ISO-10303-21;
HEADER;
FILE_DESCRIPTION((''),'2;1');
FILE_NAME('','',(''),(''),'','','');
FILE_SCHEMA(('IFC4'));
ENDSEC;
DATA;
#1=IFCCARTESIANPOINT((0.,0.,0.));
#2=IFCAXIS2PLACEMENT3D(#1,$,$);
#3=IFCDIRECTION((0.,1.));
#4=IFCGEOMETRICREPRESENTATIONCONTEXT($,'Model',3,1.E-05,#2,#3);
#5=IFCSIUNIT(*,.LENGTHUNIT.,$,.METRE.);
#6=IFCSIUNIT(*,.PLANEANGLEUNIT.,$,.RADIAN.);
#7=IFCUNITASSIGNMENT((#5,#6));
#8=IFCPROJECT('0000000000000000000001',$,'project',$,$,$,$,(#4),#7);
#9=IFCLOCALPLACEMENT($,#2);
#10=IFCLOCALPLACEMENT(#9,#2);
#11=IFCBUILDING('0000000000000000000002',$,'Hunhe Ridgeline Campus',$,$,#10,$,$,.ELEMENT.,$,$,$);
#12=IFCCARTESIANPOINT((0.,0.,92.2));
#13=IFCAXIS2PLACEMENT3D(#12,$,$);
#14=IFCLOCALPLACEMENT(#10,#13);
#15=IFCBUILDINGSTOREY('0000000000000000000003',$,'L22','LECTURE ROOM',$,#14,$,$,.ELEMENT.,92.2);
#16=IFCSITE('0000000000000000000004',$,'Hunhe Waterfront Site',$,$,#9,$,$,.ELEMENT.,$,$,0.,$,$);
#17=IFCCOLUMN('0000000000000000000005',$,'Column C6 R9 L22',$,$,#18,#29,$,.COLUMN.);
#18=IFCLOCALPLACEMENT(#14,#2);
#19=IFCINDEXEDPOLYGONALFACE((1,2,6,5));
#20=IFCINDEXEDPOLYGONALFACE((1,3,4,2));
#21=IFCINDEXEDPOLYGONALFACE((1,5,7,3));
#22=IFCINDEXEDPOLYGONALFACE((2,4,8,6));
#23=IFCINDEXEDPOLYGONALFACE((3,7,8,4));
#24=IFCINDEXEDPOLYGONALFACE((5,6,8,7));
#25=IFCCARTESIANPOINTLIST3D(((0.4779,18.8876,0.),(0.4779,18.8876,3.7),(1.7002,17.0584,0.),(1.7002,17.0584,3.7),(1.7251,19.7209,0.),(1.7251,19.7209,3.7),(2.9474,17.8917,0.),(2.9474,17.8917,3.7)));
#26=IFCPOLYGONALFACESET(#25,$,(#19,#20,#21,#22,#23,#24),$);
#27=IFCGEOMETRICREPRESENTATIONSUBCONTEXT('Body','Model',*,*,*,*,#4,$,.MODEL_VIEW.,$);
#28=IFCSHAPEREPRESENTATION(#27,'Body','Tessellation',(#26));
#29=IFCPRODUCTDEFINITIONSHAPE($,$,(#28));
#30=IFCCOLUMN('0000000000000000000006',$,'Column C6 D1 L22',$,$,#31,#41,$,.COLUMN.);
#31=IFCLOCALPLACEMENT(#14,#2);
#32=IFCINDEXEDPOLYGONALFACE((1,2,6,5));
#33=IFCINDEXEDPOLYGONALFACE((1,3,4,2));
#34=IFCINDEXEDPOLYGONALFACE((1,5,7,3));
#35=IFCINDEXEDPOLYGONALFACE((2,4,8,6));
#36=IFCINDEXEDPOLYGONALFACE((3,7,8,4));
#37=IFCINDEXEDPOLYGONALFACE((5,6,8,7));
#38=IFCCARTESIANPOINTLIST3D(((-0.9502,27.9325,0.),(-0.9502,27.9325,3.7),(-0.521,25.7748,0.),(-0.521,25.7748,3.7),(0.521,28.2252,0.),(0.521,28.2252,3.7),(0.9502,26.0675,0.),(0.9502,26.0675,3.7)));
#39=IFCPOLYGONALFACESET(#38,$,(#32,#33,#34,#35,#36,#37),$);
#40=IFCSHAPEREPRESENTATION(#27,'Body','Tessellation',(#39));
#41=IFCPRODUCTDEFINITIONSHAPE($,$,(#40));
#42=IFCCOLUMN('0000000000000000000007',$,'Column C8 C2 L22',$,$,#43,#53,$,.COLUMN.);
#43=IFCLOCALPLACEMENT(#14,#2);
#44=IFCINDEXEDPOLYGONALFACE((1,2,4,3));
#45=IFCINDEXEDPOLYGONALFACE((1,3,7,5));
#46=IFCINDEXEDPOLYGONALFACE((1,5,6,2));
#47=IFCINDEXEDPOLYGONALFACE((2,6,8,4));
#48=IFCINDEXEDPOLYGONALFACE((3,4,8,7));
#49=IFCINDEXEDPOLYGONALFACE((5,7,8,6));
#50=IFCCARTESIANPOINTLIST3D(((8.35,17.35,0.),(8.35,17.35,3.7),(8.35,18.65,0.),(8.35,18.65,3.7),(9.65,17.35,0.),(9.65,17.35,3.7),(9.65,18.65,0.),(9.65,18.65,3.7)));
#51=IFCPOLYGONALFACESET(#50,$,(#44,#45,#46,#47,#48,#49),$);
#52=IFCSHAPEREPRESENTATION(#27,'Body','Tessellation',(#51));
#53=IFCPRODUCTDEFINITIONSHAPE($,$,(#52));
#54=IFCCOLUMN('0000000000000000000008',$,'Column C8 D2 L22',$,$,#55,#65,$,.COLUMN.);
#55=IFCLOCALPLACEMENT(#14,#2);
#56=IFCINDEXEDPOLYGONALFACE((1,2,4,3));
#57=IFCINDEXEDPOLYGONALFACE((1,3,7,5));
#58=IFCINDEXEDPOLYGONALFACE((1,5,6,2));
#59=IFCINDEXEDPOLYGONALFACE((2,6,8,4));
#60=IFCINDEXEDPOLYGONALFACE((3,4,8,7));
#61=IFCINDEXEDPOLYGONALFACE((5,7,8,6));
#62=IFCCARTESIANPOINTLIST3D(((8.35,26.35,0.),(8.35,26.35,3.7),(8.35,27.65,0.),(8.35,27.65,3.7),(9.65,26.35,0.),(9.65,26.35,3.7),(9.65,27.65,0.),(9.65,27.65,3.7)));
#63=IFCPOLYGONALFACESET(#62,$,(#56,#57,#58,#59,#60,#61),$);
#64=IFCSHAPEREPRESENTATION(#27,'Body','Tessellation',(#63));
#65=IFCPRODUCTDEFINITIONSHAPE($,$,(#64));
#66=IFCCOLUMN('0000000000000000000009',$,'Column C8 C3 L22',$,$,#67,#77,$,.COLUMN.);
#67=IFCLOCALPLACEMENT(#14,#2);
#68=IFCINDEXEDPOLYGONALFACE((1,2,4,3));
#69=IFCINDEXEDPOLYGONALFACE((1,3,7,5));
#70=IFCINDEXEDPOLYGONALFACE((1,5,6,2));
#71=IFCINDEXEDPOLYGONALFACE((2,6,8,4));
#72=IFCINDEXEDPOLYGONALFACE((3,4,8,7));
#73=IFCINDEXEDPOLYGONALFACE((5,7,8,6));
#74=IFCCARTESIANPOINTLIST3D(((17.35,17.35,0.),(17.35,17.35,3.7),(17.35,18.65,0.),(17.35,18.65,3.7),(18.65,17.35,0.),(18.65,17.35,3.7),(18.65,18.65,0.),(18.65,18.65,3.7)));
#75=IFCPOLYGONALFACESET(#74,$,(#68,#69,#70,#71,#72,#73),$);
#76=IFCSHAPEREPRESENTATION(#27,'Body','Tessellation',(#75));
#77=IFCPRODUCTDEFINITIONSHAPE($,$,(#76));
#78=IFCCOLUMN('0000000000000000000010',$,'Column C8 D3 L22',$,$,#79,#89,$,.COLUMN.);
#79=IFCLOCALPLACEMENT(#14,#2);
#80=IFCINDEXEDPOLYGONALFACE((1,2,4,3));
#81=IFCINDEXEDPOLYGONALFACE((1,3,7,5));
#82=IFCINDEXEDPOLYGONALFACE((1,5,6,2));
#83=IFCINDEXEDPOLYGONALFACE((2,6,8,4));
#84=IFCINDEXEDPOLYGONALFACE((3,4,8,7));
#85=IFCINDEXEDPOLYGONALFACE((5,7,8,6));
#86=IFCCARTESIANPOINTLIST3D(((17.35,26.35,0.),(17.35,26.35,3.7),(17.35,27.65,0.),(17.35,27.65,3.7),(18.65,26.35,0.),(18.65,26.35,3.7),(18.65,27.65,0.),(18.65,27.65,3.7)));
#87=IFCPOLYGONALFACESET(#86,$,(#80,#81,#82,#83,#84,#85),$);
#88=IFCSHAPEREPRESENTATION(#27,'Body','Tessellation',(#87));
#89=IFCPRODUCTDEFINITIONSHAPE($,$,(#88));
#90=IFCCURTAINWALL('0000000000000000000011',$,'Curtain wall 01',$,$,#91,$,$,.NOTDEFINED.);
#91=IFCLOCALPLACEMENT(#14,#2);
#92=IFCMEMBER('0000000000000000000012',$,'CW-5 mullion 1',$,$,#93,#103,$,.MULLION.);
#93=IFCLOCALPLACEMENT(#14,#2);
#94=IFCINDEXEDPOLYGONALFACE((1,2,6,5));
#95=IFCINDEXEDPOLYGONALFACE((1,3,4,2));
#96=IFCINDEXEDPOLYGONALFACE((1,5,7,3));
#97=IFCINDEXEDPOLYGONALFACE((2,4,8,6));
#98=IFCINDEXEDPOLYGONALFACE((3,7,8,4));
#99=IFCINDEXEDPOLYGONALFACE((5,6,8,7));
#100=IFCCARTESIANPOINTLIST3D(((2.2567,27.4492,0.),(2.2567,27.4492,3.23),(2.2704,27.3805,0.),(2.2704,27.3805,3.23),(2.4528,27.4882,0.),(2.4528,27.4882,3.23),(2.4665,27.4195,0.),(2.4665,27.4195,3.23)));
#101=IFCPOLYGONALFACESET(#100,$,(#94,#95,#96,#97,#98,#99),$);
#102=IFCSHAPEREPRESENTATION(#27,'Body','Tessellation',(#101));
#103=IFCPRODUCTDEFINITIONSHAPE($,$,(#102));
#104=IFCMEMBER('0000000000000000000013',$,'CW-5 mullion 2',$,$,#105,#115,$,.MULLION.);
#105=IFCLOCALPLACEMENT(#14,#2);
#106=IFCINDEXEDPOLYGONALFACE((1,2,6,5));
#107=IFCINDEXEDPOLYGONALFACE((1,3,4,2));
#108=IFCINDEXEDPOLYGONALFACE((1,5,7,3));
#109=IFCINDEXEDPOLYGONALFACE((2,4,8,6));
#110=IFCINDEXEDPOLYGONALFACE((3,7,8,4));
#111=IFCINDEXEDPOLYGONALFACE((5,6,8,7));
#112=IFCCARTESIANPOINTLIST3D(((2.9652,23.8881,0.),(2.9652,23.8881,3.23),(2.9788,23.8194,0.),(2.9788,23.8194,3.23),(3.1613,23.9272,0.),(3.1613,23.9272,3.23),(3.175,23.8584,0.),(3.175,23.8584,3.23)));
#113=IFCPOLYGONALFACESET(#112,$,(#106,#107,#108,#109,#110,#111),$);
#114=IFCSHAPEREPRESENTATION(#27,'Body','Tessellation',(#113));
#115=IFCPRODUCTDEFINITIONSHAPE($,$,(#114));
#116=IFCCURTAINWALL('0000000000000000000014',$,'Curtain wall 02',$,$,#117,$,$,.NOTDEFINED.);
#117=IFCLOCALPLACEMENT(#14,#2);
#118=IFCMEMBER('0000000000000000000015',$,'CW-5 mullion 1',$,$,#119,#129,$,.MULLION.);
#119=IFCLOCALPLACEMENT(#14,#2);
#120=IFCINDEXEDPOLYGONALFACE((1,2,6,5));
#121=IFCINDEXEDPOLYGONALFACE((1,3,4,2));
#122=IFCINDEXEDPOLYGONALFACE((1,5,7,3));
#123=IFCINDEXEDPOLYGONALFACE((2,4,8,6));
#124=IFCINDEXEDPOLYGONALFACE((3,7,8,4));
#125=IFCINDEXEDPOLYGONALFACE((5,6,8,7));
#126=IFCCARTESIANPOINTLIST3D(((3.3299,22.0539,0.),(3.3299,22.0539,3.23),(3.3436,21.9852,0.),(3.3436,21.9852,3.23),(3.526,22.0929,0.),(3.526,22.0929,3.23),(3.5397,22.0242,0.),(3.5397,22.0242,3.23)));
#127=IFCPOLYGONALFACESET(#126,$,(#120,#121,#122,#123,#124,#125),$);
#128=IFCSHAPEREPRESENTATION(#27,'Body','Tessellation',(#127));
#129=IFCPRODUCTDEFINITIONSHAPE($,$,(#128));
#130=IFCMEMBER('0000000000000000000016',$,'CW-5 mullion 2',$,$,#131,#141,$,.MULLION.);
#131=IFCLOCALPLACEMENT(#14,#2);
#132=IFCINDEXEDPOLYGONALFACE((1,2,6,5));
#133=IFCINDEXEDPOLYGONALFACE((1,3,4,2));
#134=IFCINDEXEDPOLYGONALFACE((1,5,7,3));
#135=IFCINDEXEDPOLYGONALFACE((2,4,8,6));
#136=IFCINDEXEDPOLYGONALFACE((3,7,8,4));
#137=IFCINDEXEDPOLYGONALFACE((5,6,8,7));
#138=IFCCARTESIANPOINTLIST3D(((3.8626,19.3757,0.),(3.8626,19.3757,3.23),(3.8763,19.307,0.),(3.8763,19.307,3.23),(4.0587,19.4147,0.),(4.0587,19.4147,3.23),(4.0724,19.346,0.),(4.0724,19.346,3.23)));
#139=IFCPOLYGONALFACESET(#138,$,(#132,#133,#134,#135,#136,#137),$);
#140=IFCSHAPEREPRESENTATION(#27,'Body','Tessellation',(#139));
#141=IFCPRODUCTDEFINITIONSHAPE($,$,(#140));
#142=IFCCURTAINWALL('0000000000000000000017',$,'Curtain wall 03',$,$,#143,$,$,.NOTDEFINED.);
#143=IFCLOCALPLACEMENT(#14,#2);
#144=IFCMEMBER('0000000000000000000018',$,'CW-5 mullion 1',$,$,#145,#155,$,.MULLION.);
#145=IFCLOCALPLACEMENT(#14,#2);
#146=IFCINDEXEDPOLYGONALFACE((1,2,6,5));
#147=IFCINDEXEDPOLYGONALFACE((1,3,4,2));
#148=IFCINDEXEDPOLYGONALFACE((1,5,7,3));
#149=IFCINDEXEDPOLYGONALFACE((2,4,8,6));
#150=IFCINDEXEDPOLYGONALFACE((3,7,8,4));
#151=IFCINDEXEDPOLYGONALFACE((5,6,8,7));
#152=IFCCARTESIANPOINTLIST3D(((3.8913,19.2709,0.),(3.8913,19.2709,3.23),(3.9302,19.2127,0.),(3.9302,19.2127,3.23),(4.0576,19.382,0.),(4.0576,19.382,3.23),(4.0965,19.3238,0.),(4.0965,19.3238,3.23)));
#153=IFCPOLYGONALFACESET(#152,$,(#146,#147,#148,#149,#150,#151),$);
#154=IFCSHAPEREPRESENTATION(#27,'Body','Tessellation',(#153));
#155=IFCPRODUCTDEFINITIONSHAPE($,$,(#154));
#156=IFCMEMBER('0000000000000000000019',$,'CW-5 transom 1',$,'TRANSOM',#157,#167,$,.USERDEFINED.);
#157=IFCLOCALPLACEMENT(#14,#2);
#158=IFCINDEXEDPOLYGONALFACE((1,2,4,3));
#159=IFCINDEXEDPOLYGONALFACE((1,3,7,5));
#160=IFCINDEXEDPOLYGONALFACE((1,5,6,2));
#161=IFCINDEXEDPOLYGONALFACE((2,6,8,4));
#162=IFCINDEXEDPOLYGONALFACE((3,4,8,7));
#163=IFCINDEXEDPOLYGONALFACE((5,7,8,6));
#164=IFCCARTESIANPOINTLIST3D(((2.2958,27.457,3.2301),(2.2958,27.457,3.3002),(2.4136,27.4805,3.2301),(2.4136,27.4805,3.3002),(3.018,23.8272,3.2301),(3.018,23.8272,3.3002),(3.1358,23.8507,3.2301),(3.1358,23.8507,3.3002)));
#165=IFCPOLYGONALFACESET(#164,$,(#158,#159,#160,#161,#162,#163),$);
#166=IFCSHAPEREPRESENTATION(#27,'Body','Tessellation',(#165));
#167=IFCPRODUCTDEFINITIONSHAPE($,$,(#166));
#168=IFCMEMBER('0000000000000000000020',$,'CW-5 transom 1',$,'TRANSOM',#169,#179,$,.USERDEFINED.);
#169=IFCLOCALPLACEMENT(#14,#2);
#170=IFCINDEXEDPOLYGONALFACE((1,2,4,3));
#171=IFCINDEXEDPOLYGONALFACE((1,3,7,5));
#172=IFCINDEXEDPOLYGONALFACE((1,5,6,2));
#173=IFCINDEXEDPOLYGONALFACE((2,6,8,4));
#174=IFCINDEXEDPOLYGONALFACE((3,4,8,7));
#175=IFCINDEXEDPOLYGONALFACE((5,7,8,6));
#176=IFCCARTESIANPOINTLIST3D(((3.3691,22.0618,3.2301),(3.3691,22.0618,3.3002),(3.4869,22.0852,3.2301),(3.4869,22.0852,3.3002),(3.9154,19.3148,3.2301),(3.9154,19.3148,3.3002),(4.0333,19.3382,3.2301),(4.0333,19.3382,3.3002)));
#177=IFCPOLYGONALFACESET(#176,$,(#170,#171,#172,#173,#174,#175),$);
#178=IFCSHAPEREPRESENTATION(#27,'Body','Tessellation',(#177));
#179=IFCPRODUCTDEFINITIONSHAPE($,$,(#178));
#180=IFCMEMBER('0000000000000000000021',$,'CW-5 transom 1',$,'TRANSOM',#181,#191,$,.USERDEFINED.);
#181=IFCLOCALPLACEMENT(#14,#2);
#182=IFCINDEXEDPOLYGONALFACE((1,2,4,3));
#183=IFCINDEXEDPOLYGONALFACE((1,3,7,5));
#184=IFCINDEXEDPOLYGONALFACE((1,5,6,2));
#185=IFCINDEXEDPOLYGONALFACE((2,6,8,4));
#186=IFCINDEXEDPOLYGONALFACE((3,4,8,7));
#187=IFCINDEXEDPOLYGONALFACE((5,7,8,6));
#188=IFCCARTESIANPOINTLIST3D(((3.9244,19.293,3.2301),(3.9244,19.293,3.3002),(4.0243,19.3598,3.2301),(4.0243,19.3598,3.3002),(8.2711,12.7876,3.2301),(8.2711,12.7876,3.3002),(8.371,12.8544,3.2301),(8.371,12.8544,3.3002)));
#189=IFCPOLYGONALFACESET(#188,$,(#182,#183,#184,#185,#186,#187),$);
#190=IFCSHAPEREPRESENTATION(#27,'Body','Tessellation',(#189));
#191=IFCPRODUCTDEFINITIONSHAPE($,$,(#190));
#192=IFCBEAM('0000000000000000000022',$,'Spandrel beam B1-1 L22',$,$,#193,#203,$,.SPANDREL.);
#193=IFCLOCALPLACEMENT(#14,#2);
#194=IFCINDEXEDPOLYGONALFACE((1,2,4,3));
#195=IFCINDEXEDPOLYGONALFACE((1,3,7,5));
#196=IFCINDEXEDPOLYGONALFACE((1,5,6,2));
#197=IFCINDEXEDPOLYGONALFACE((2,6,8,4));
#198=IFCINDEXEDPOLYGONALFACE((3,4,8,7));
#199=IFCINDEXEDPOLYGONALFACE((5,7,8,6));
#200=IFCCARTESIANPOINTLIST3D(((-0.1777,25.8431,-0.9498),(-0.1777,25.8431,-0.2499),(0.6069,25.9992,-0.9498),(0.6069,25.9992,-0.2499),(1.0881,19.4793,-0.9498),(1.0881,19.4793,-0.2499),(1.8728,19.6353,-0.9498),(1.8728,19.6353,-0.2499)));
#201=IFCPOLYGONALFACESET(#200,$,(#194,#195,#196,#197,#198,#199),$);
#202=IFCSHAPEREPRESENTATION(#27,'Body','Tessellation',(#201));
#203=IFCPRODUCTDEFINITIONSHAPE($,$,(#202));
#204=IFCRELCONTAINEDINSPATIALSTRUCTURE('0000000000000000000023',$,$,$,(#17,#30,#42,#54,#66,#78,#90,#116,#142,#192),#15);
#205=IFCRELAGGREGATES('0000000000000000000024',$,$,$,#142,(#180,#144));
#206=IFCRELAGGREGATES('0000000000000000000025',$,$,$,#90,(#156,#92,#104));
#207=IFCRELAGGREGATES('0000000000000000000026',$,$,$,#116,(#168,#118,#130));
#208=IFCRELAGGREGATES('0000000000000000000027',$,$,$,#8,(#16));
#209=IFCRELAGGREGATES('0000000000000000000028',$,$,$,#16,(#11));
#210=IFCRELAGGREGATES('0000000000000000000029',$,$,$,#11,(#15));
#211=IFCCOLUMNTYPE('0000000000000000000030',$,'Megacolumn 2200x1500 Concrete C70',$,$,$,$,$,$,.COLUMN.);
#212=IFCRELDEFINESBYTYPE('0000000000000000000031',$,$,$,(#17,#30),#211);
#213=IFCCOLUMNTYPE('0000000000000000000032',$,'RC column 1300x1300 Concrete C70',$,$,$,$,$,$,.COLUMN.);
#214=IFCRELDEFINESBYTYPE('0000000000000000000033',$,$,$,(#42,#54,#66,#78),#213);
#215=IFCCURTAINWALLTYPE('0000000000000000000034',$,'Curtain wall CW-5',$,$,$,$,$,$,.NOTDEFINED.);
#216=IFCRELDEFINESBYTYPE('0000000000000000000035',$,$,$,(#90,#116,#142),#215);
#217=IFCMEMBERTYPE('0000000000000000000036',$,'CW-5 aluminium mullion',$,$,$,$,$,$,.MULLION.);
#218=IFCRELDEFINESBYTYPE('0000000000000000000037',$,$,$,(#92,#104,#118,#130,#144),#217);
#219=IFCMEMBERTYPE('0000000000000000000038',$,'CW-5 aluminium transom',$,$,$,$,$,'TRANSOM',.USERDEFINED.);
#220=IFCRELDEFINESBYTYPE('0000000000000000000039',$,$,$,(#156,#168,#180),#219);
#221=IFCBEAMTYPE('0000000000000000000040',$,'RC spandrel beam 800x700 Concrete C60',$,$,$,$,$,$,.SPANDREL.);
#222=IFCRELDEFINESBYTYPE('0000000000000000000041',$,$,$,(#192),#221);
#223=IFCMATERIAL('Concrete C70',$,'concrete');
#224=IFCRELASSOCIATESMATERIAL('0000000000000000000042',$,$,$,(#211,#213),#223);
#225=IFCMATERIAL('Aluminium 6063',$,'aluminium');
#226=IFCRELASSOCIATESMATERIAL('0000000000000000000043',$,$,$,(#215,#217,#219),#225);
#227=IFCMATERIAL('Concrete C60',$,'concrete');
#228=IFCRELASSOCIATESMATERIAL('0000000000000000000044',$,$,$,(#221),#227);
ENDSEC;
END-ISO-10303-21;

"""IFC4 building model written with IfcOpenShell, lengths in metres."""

from ifc_helpers import new_model, si_unit, direction, frame, origin, origin_2d, place, context, subcontext, project, spatial, rectangle, extrude, material, material_profile, profile_set, type_object, element, aggregate, save


model = new_model("IFC4")

# Units and contexts
model_context = context("Model", 3, precision=1e-05, world=origin(), true_north=direction((0.0, 1.0)))
body_context = subcontext(model_context, "Body", "Model", "MODEL_VIEW")
ifc_project = project(units=[si_unit("LENGTHUNIT", "METRE"), si_unit("PLANEANGLEUNIT", "RADIAN")], contexts=[model_context])

# Site, building, storey
site_placement = place(None, origin())
site = spatial("IfcSite", under=ifc_project, at=site_placement, Name="Hunhe Waterfront Site", CompositionType="ELEMENT", RefElevation=0.0)
building_placement = place(site_placement, origin())
building = spatial("IfcBuilding", under=site, at=building_placement, Name="Hunhe Ridgeline Campus", CompositionType="ELEMENT")
storey_placement = place(building_placement, frame((0.0, 0.0, 92.2)))
storey = spatial("IfcBuildingStorey", under=building, at=storey_placement, Name="L22", Description="LECTURE ROOM", CompositionType="ELEMENT", Elevation=92.2)

# Columns
ifc_material_1 = material(Name="Concrete C70", Category="concrete")
ifc_material_profile_1 = material_profile(ifc_material_1, rectangle(XDim=2.2, YDim=1.5, at=origin_2d()))
ifc_profile_set_1 = profile_set([ifc_material_profile_1], Name="Concrete C70")
column_type_1 = type_object("IfcColumnType", Name="Megacolumn 2200x1500 Concrete C70", PredefinedType="COLUMN", material=ifc_profile_set_1)
for number, where, z_axis, x_axis, name in (
    (1, (1.7126, 18.3896, 0.0), (0.0, 0.0, 1.0), (-0.55557, 0.83147, 0.0), "Column C6 R9 L22"),
    (2, (0.0, 27.0, 0.0), (0.0, 0.0, 1.0), (-0.19509, 0.980785, 0.0), "Column C6 D1 L22"),
):
    element("IfcColumn", number, at=place(storey_placement, frame(where, z_axis=z_axis, x_axis=x_axis)), inside=storey, type_object=column_type_1, Name=name, PredefinedType="COLUMN", context=body_context, shape_type="SweptSolid", body=[
        extrude(rectangle(XDim=2.2, YDim=1.5, at=origin_2d()), origin(), (0.0, 0.0, 1.0), 3.7),
    ])
ifc_material_profile_2 = material_profile(ifc_material_1, rectangle(XDim=1.3, YDim=1.3, at=origin_2d()))
ifc_profile_set_2 = profile_set([ifc_material_profile_2], Name="Concrete C70")
column_type_2 = type_object("IfcColumnType", Name="RC column 1300x1300 Concrete C70", PredefinedType="COLUMN", material=ifc_profile_set_2)
for number, where, z_axis, x_axis, name in (
    (3, (9.0, 18.0, 0.0), (0.0, 0.0, 1.0), (1.0, 0.0, 0.0), "Column C8 C2 L22"),
    (4, (9.0, 27.0, 0.0), (0.0, 0.0, 1.0), (1.0, 0.0, 0.0), "Column C8 D2 L22"),
    (5, (18.0, 18.0, 0.0), (0.0, 0.0, 1.0), (1.0, 0.0, 0.0), "Column C8 C3 L22"),
    (6, (18.0, 27.0, 0.0), (0.0, 0.0, 1.0), (1.0, 0.0, 0.0), "Column C8 D3 L22"),
):
    element("IfcColumn", number, at=place(storey_placement, frame(where, z_axis=z_axis, x_axis=x_axis)), inside=storey, type_object=column_type_2, Name=name, PredefinedType="COLUMN", context=body_context, shape_type="SweptSolid", body=[
        extrude(rectangle(XDim=1.3, YDim=1.3, at=origin_2d()), origin(), (0.0, 0.0, 1.0), 3.7),
    ])

# Curtain walls, members
ifc_material_2 = material(Name="Aluminium 6063", Category="aluminium")
curtain_wall_type = type_object("IfcCurtainWallType", Name="Curtain wall CW-5", PredefinedType="NOTDEFINED", material=ifc_material_2)
curtain_wall_1_placement = place(storey_placement, origin())
curtain_wall_1 = element("IfcCurtainWall", 7, at=curtain_wall_1_placement, inside=storey, type_object=curtain_wall_type, Name="Curtain wall 01", PredefinedType="NOTDEFINED")
ifc_material_profile_3 = material_profile(ifc_material_2, rectangle(XDim=0.2, YDim=0.0701, at=origin_2d()))
ifc_profile_set_3 = profile_set([ifc_material_profile_3], Name="Aluminium 6063")
member_type_1 = type_object("IfcMemberType", Name="CW-5 aluminium mullion", PredefinedType="MULLION", material=ifc_profile_set_3)
member_1_placement = place(storey_placement, frame((2.3616, 27.4343, 0.0), z_axis=(0.0, 0.0, 1.0), x_axis=(0.980784, 0.195095, 0.0)))
member_1 = element("IfcMember", 8, at=member_1_placement, type_object=member_type_1, Name="CW-5 mullion 1", PredefinedType="MULLION", context=body_context, shape_type="SweptSolid", body=[
    extrude(rectangle(XDim=0.2, YDim=0.0701, at=origin_2d()), origin(), (0.0, 0.0, 1.0), 3.23),
])
member_2_placement = place(storey_placement, frame((3.0701, 23.8733, 0.0), z_axis=(0.0, 0.0, 1.0), x_axis=(0.980784, 0.195095, 0.0)))
member_2 = element("IfcMember", 9, at=member_2_placement, type_object=member_type_1, Name="CW-5 mullion 2", PredefinedType="MULLION", context=body_context, shape_type="SweptSolid", body=[
    extrude(rectangle(XDim=0.2, YDim=0.0701, at=origin_2d()), origin(), (0.0, 0.0, 1.0), 3.23),
])
curtain_wall_2_placement = place(storey_placement, origin())
curtain_wall_2 = element("IfcCurtainWall", 10, at=curtain_wall_2_placement, inside=storey, type_object=curtain_wall_type, Name="Curtain wall 02", PredefinedType="NOTDEFINED")
member_3_placement = place(storey_placement, frame((3.4348, 22.0391, 0.0), z_axis=(0.0, 0.0, 1.0), x_axis=(0.980784, 0.195095, 0.0)))
member_3 = element("IfcMember", 11, at=member_3_placement, type_object=member_type_1, Name="CW-5 mullion 1", PredefinedType="MULLION", context=body_context, shape_type="SweptSolid", body=[
    extrude(rectangle(XDim=0.2, YDim=0.0701, at=origin_2d()), origin(), (0.0, 0.0, 1.0), 3.23),
])
member_4_placement = place(storey_placement, frame((3.9675, 19.3608, 0.0), z_axis=(0.0, 0.0, 1.0), x_axis=(0.980784, 0.195095, 0.0)))
member_4 = element("IfcMember", 12, at=member_4_placement, type_object=member_type_1, Name="CW-5 mullion 2", PredefinedType="MULLION", context=body_context, shape_type="SweptSolid", body=[
    extrude(rectangle(XDim=0.2, YDim=0.0701, at=origin_2d()), origin(), (0.0, 0.0, 1.0), 3.23),
])

# Curtain wall, member
curtain_wall_3_placement = place(storey_placement, origin())
curtain_wall_3 = element("IfcCurtainWall", 13, at=curtain_wall_3_placement, inside=storey, type_object=curtain_wall_type, Name="Curtain wall 03", PredefinedType="NOTDEFINED")
member_5_placement = place(storey_placement, frame((3.9939, 19.2974, 0.0), z_axis=(0.0, 0.0, 1.0), x_axis=(0.83147, 0.55557, 0.0)))
member_5 = element("IfcMember", 14, at=member_5_placement, type_object=member_type_1, Name="CW-5 mullion 1", PredefinedType="MULLION", context=body_context, shape_type="SweptSolid", body=[
    extrude(rectangle(XDim=0.2, YDim=0.0701, at=origin_2d()), origin(), (0.0, 0.0, 1.0), 3.23),
])

# Members
ifc_material_profile_4 = material_profile(ifc_material_2, rectangle(XDim=0.1201, YDim=0.0701, at=origin_2d()))
ifc_profile_set_4 = profile_set([ifc_material_profile_4], Name="Aluminium 6063")
member_type_2 = type_object("IfcMemberType", Name="CW-5 aluminium transom", ElementType="TRANSOM", PredefinedType="USERDEFINED", material=ifc_profile_set_4)
member_6_placement = place(storey_placement, frame((2.3547, 27.4688, 3.2651), z_axis=(0.195127, -0.980778, 0.0), x_axis=(0.980778, 0.195127, 0.0)))
member_6 = element("IfcMember", 15, at=member_6_placement, type_object=member_type_2, Name="CW-5 transom 1", ObjectType="TRANSOM", PredefinedType="USERDEFINED", context=body_context, shape_type="SweptSolid", body=[
    extrude(rectangle(XDim=0.1201, YDim=0.0701, at=origin_2d()), origin(), (0.0, 0.0, 1.0), 3.7009),
])
member_7_placement = place(storey_placement, frame((3.428, 22.0735, 3.2651), z_axis=(0.195077, -0.980788, 0.0), x_axis=(0.980788, 0.195077, 0.0)))
member_7 = element("IfcMember", 16, at=member_7_placement, type_object=member_type_2, Name="CW-5 transom 1", ObjectType="TRANSOM", PredefinedType="USERDEFINED", context=body_context, shape_type="SweptSolid", body=[
    extrude(rectangle(XDim=0.1201, YDim=0.0701, at=origin_2d()), origin(), (0.0, 0.0, 1.0), 2.8008),
])
member_8_placement = place(storey_placement, frame((3.9744, 19.3264, 3.2651), z_axis=(0.555564, -0.831474, 0.0), x_axis=(0.831474, 0.555564, 0.0)))
member_8 = element("IfcMember", 17, at=member_8_placement, type_object=member_type_2, Name="CW-5 transom 1", ObjectType="TRANSOM", PredefinedType="USERDEFINED", context=body_context, shape_type="SweptSolid", body=[
    extrude(rectangle(XDim=0.1201, YDim=0.0701, at=origin_2d()), origin(), (0.0, 0.0, 1.0), 7.824),
])
aggregate(curtain_wall_3, [member_8, member_5])

# Beam
ifc_material_3 = material(Name="Concrete C60", Category="concrete")
ifc_material_profile_5 = material_profile(ifc_material_3, rectangle(XDim=0.8, YDim=0.7, at=origin_2d()))
ifc_profile_set_5 = profile_set([ifc_material_profile_5], Name="Concrete C60")
beam_type = type_object("IfcBeamType", Name="RC spandrel beam 800x700 Concrete C60", PredefinedType="SPANDREL", material=ifc_profile_set_5)
beam_placement = place(storey_placement, frame((0.2146, 25.9211, -0.5999), z_axis=(0.195096, -0.980784, 0.0), x_axis=(0.980784, 0.195096, 0.0)))
element("IfcBeam", 18, at=beam_placement, inside=storey, type_object=beam_type, Name="Spandrel beam B1-1 L22", PredefinedType="SPANDREL", context=body_context, shape_type="SweptSolid", body=[
    extrude(rectangle(XDim=0.8, YDim=0.7, at=origin_2d()), origin(), (0.0, 0.0, 1.0), 6.4885),
])

aggregate(curtain_wall_1, [member_6, member_1, member_2])
aggregate(curtain_wall_2, [member_7, member_3, member_4])

save(model, "model.ifc")
